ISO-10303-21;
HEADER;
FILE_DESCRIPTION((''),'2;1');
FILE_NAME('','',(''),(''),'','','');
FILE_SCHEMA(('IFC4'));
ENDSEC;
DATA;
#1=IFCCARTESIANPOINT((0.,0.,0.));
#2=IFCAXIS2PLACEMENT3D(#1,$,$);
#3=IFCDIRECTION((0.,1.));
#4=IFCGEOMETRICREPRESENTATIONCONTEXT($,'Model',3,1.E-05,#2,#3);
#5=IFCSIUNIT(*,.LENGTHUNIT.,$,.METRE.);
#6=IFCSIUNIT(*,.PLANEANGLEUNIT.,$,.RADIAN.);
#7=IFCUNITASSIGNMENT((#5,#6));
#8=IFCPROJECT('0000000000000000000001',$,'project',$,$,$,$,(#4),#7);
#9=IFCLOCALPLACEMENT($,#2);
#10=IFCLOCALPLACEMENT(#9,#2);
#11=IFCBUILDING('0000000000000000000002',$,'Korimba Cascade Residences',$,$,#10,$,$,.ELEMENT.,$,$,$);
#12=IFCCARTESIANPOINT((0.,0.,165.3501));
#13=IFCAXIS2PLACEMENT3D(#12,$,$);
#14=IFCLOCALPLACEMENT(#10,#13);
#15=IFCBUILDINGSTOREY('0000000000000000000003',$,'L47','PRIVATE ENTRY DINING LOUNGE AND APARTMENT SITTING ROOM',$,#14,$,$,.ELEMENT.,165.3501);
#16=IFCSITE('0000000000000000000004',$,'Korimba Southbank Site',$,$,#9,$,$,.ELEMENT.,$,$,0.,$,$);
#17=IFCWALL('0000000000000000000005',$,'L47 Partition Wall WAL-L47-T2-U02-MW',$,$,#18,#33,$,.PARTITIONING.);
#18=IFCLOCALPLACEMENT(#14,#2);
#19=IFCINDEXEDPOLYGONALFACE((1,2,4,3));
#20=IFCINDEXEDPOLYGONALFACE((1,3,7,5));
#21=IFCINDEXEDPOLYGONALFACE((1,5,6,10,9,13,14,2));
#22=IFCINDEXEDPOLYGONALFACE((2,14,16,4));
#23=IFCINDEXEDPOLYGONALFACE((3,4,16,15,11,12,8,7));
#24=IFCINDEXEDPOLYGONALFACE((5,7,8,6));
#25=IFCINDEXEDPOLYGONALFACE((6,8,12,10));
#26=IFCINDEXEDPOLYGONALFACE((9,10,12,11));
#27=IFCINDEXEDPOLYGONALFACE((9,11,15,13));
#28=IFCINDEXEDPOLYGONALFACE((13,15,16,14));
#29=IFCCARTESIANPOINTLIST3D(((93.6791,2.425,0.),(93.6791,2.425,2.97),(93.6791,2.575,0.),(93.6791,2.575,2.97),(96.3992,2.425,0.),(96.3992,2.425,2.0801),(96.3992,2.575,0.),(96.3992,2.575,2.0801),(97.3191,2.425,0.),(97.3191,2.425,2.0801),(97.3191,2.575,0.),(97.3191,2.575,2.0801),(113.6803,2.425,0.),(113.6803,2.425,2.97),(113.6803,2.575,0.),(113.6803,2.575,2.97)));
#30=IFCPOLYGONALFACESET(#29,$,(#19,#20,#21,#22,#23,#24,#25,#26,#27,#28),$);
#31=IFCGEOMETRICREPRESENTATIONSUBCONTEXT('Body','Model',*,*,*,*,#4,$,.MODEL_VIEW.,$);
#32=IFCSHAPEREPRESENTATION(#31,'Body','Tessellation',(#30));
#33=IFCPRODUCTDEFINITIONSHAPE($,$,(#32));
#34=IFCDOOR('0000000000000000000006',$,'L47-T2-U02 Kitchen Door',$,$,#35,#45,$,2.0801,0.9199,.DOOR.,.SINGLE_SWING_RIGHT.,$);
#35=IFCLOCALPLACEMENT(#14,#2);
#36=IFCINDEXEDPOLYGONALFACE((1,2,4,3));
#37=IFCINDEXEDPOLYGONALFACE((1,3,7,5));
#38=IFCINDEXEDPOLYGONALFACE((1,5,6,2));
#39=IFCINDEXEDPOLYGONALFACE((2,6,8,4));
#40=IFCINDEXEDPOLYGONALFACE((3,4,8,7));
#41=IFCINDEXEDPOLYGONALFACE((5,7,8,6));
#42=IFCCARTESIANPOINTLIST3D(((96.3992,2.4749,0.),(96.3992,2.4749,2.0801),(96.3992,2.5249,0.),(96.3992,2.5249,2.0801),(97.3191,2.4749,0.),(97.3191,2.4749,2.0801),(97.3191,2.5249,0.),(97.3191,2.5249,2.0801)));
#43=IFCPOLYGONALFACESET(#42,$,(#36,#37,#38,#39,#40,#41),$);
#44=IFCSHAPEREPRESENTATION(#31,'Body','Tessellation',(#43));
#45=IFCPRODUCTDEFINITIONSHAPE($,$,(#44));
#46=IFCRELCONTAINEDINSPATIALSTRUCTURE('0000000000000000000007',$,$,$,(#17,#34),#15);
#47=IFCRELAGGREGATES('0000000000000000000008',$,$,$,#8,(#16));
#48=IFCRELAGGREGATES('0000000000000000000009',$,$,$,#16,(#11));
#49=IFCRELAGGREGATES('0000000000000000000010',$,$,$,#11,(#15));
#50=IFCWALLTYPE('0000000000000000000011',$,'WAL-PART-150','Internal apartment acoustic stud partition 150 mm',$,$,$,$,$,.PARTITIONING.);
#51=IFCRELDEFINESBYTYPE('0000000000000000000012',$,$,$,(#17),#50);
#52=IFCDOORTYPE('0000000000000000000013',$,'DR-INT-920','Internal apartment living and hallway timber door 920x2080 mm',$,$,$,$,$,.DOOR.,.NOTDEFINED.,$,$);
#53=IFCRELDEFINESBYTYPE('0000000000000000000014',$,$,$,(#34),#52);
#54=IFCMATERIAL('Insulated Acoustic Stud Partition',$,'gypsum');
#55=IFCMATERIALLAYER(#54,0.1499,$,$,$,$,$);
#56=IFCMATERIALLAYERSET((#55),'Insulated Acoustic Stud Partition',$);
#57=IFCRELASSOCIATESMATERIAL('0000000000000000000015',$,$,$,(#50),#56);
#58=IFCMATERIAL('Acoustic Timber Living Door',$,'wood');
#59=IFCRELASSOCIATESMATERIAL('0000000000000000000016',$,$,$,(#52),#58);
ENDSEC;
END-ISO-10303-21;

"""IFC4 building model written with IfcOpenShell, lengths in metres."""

from ifc_helpers import new_model, si_unit, direction, frame, frame_2d, origin, place, context, subcontext, project, spatial, rectangle, extrude, material, layer, layer_set, type_object, element, fill, save


model = new_model("IFC4")

# Units and contexts
model_context = context("Model", 3, precision=1e-05, world=origin(), true_north=direction((0.0, 1.0)))
body_context = subcontext(model_context, "Body", "Model", "MODEL_VIEW")
ifc_project = project(units=[si_unit("LENGTHUNIT", "METRE"), si_unit("PLANEANGLEUNIT", "RADIAN")], contexts=[model_context])

# Site, building, storey
site_placement = place(None, origin())
site = spatial("IfcSite", under=ifc_project, at=site_placement, Name="Korimba Southbank Site", CompositionType="ELEMENT", RefElevation=0.0)
building_placement = place(site_placement, origin())
building = spatial("IfcBuilding", under=site, at=building_placement, Name="Korimba Cascade Residences", CompositionType="ELEMENT")
storey_placement = place(building_placement, frame((0.0, 0.0, 165.3501)))
storey = spatial("IfcBuildingStorey", under=building, at=storey_placement, Name="L47", Description="PRIVATE ENTRY DINING LOUNGE AND APARTMENT SITTING ROOM", CompositionType="ELEMENT", Elevation=165.3501)

# Shared definitions
ifc_material_1 = material(Name="Insulated Acoustic Stud Partition", Category="gypsum")
ifc_layer_1 = layer(ifc_material_1, 0.1499)
ifc_layer_set_1 = layer_set([ifc_layer_1], Name="Insulated Acoustic Stud Partition")
wall_type_1 = type_object("IfcWallType", Name="WAL-PART-150", Description="Internal apartment acoustic stud partition 150 mm", PredefinedType="PARTITIONING", material=ifc_layer_set_1)

# Wall, opening, door
wall_1_placement = place(storey_placement, frame((93.6792, 2.5, 0.0), z_axis=(0.0, 0.0, 1.0), x_axis=(1.0, 0.0, 0.0)))
wall_1 = element("IfcWall", 1, at=wall_1_placement, inside=storey, type_object=wall_type_1, Name="L47 Partition Wall WAL-L47-T2-U02-MW", PredefinedType="PARTITIONING", context=body_context, shape_type="SweptSolid", body=[
    extrude(rectangle(XDim=20.0012, YDim=0.1499, at=frame_2d((10.0005, 0.0))), origin(), (0.0, 0.0, 1.0), 2.97),
])
opening_1_placement = place(wall_1_placement, frame((2.72, 0.0, 0.0)))
opening_1 = element("IfcOpeningElement", 2, at=opening_1_placement, cuts=wall_1, PredefinedType="OPENING", context=body_context, shape_type="SweptSolid", body=[
    extrude(rectangle(XDim=0.9199, YDim=2.0801, at=frame_2d((0.46, 1.04))), frame((0.0, 0.085, 0.0), z_axis=(0.0, -1.0, 0.0), x_axis=(1.0, 0.0, 0.0)), (0.0, 0.0, 1.0), 0.1699),
])
ifc_material_2 = material(Name="Acoustic Timber Living Door", Category="wood")
door_type_1 = type_object("IfcDoorType", Name="DR-INT-920", Description="Internal apartment living and hallway timber door 920x2080 mm", OperationType="NOTDEFINED", PredefinedType="DOOR", material=ifc_material_2)
door_1_placement = place(opening_1_placement, origin())
door_1 = element("IfcDoor", 3, at=door_1_placement, inside=storey, type_object=door_type_1, Name="L47-T2-U02 Kitchen Door", OperationType="SINGLE_SWING_RIGHT", OverallHeight=2.0801, OverallWidth=0.9199, PredefinedType="DOOR", context=body_context, shape_type="SweptSolid", body=[
    extrude(rectangle(XDim=0.9199, YDim=2.0801, at=frame_2d((0.46, 1.04))), frame((0.0, 0.0249, 0.0), z_axis=(0.0, -1.0, 0.0), x_axis=(1.0, 0.0, 0.0)), (0.0, 0.0, 1.0), 0.05),
])
fill(opening_1, door_1)

save(model, "model.ifc")
